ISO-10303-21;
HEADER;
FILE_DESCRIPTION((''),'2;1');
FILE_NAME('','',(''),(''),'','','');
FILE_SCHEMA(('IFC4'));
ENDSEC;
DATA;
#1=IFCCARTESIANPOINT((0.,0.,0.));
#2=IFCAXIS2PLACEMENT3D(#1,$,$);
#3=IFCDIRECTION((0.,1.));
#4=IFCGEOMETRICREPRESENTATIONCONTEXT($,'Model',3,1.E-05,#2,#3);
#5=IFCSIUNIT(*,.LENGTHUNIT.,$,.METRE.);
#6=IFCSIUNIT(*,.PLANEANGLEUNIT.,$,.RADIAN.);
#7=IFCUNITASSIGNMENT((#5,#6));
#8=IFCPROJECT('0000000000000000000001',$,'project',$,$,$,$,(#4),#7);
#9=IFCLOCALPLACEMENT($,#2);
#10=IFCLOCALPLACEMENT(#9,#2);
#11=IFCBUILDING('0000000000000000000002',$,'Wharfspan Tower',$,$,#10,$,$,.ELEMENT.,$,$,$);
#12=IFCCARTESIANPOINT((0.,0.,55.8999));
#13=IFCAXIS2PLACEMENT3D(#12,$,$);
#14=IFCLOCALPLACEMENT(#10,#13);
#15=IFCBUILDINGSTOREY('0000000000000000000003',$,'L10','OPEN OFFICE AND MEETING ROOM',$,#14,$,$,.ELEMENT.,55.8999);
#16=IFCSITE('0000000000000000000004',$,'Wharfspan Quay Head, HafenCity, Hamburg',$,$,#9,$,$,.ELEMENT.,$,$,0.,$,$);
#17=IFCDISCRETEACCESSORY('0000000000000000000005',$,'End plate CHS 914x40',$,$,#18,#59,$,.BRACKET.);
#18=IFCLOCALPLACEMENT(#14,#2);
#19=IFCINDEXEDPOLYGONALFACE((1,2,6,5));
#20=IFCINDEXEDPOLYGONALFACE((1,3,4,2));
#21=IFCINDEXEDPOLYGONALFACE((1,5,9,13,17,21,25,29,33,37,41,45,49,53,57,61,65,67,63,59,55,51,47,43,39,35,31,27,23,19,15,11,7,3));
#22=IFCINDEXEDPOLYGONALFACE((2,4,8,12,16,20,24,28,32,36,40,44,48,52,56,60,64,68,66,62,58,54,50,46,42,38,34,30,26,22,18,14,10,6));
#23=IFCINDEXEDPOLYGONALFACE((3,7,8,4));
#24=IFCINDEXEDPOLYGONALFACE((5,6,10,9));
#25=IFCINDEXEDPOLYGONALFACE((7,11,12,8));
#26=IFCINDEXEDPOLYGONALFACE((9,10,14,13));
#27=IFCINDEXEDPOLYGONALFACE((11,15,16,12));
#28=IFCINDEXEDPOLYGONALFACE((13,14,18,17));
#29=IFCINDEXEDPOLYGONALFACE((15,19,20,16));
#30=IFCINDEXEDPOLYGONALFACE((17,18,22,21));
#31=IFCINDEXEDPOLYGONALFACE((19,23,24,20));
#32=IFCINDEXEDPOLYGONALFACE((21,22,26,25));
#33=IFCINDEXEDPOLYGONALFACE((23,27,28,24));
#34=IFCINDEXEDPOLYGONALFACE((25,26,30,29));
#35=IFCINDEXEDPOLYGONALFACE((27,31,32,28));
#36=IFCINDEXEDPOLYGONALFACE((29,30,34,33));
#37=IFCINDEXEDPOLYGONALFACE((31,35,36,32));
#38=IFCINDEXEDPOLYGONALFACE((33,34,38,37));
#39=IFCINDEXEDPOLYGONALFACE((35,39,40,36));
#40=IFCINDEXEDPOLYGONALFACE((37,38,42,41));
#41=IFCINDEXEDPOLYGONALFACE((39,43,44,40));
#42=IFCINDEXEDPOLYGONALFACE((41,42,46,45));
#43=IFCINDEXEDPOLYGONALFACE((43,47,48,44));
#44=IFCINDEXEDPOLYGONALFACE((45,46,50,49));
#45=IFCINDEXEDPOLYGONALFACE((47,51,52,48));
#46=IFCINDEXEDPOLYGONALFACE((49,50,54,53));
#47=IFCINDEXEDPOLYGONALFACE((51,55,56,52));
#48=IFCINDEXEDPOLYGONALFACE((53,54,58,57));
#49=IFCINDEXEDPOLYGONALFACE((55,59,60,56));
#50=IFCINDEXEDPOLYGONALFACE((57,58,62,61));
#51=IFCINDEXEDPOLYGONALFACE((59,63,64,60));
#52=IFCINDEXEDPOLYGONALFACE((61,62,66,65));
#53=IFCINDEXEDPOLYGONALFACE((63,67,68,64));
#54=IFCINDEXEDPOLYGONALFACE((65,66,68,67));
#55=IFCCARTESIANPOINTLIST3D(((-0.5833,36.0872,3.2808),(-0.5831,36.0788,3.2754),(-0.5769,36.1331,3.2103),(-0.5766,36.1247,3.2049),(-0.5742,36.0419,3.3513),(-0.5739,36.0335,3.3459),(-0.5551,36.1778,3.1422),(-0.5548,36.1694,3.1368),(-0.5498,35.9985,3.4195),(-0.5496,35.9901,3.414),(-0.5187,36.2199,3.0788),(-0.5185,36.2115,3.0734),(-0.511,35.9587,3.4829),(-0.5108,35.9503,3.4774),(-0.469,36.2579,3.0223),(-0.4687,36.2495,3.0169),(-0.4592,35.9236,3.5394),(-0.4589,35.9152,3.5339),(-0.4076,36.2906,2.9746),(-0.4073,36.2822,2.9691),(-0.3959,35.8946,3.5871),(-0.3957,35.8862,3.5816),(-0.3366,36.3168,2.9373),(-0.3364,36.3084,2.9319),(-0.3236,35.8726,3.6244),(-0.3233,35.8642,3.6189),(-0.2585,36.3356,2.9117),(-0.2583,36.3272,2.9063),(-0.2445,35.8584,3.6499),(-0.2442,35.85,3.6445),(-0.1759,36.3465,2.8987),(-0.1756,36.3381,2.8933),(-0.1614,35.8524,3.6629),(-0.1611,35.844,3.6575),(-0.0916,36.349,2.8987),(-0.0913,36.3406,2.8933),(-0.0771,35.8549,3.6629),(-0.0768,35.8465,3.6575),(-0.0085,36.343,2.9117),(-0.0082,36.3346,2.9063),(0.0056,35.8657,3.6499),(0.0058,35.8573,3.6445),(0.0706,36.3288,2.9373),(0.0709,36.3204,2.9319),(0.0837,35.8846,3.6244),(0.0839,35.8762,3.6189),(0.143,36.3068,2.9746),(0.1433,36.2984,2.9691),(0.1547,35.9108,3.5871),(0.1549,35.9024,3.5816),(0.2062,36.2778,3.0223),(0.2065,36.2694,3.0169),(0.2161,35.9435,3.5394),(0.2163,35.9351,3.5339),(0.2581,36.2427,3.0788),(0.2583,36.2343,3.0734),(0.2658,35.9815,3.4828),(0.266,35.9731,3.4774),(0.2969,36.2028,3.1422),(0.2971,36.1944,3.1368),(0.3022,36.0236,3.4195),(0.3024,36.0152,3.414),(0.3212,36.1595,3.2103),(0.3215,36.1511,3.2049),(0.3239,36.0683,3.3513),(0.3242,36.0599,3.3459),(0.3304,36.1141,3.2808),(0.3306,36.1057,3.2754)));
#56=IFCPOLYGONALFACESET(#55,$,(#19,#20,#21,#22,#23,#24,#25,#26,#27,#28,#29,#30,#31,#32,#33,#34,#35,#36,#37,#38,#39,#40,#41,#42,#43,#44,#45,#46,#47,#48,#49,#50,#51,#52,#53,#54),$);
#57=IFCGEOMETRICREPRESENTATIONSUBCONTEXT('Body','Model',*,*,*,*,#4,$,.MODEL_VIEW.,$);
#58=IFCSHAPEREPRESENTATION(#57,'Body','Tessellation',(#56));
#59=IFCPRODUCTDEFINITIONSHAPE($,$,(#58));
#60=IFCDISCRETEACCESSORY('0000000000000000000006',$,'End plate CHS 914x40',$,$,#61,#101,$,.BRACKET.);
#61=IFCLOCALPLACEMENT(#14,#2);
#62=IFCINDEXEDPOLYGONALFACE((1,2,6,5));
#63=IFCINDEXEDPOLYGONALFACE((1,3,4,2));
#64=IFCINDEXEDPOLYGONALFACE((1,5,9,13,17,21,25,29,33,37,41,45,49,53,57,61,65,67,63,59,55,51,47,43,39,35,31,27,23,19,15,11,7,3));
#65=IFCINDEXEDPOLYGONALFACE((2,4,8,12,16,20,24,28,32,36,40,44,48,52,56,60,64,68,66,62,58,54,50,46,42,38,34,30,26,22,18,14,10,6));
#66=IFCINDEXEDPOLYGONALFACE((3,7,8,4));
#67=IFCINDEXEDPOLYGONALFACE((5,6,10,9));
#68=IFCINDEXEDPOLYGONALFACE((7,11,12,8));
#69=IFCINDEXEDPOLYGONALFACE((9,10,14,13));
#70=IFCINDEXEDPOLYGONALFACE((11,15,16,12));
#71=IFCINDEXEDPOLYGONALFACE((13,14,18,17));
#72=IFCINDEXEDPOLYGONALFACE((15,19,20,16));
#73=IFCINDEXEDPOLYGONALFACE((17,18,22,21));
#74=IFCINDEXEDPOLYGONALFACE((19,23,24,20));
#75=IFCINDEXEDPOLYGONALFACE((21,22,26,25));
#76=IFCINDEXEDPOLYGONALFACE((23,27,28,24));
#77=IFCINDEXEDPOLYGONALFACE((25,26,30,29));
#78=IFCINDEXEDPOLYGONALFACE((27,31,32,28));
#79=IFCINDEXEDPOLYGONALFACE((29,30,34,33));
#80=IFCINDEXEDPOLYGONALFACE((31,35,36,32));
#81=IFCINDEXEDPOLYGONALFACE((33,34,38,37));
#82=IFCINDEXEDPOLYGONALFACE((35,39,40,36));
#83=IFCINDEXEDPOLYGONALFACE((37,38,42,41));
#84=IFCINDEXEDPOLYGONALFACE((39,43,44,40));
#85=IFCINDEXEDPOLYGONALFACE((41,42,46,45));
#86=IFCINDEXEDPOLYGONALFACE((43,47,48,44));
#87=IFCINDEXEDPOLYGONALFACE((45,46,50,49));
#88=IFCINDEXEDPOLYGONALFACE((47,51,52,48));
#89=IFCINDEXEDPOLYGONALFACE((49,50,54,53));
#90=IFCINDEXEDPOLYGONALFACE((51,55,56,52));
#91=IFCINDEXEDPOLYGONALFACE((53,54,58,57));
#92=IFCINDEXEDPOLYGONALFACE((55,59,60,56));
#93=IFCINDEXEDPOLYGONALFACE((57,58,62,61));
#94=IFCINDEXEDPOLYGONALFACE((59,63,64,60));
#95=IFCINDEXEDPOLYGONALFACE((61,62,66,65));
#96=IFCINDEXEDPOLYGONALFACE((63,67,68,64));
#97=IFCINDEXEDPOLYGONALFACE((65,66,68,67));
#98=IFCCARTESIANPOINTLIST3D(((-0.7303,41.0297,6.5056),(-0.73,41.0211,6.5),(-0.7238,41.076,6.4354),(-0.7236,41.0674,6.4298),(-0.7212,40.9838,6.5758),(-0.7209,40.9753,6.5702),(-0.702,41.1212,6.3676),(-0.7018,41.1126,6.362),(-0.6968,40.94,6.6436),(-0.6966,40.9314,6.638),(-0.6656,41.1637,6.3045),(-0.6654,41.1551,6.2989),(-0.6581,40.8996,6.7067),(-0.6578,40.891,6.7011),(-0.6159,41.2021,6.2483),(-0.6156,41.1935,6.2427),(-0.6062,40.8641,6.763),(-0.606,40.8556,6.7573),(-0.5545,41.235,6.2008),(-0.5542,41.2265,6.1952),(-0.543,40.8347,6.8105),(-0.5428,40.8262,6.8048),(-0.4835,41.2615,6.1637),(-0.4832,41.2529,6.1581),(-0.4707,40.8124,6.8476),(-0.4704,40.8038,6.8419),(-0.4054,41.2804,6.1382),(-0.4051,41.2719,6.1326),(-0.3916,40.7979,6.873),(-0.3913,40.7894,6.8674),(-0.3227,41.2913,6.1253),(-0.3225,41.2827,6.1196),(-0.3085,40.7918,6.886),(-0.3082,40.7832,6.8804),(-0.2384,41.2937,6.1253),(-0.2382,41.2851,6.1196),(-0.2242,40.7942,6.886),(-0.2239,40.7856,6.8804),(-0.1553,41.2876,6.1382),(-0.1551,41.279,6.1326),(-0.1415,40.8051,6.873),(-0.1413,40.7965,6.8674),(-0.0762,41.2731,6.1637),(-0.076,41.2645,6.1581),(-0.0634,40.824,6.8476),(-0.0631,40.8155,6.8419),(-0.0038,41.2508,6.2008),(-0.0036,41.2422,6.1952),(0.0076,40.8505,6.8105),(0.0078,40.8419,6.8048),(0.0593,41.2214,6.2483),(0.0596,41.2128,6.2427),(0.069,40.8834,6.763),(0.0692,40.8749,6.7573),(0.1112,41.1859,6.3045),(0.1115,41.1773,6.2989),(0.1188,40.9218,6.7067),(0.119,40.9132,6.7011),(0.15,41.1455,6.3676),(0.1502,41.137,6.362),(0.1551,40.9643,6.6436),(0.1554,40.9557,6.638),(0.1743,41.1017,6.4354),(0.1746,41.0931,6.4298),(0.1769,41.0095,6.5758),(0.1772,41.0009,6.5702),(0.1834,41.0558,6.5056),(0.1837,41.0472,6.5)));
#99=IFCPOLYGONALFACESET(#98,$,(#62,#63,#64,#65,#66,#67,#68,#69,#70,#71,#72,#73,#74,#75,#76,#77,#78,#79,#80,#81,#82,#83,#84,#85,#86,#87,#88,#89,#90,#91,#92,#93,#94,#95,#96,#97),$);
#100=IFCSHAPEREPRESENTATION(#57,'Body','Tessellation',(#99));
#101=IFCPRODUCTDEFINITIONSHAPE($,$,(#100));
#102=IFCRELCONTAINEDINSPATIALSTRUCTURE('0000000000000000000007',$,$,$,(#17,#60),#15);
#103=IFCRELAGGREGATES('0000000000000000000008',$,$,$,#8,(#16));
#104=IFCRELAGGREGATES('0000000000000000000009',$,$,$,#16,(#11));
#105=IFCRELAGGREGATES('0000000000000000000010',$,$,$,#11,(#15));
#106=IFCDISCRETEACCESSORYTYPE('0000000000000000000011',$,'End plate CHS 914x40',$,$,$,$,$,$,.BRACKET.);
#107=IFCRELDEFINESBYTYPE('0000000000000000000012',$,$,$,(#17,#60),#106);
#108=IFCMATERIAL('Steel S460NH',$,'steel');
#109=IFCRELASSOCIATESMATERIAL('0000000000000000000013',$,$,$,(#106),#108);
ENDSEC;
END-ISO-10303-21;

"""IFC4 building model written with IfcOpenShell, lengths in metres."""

from ifc_helpers import new_model, si_unit, direction, frame, origin, origin_2d, place, context, subcontext, project, spatial, circle, extrude, material, material_profile, profile_set, type_object, element, save


model = new_model("IFC4")

# Units and contexts
model_context = context("Model", 3, precision=1e-05, world=origin(), true_north=direction((0.0, 1.0)))
body_context = subcontext(model_context, "Body", "Model", "MODEL_VIEW")
ifc_project = project(units=[si_unit("LENGTHUNIT", "METRE"), si_unit("PLANEANGLEUNIT", "RADIAN")], contexts=[model_context])

# Site, building, storey
site_placement = place(None, origin())
site = spatial("IfcSite", under=ifc_project, at=site_placement, Name="Wharfspan Quay Head, HafenCity, Hamburg", CompositionType="ELEMENT", RefElevation=0.0)
building_placement = place(site_placement, origin())
building = spatial("IfcBuilding", under=site, at=building_placement, Name="Wharfspan Tower", CompositionType="ELEMENT")
storey_placement = place(building_placement, frame((0.0, 0.0, 55.8999)))
storey = spatial("IfcBuildingStorey", under=building, at=storey_placement, Name="L10", Description="OPEN OFFICE AND MEETING ROOM", CompositionType="ELEMENT", Elevation=55.8999)

# Shared definitions
ifc_material_1 = material(Name="Steel S460NH", Category="steel")

# Discrete accessories
ifc_material_profile_1 = material_profile(ifc_material_1, circle(Radius=0.457, at=origin_2d()))
ifc_profile_set_1 = profile_set([ifc_material_profile_1], Name="Steel S460NH")
discrete_accessory_type = type_object("IfcDiscreteAccessoryType", Name="End plate CHS 914x40", PredefinedType="BRACKET", material=ifc_profile_set_1)
for number, where, z_axis, x_axis, name in (
    (1, (-0.1262, 36.0923, 3.2754), (-0.024686, 0.839314, 0.543086), (-0.999566, -0.0294, 0.000001), "End plate CHS 914x40"),
):
    element("IfcDiscreteAccessory", number, at=place(storey_placement, frame(where, z_axis=z_axis, x_axis=x_axis)), inside=storey, type_object=discrete_accessory_type, Name=name, PredefinedType="BRACKET", context=body_context, shape_type="SweptSolid", body=[
        extrude(circle(Radius=0.457, at=origin_2d()), origin(), (0.0, 0.0, 1.0), 0.01),
    ])
discrete_accessory_placement = place(storey_placement, frame((-0.2732, 41.0342, 6.5), z_axis=(-0.02387, 0.835467, 0.549021), x_axis=(-0.999596, -0.028558, -0.000002)))
element("IfcDiscreteAccessory", 2, at=discrete_accessory_placement, inside=storey, type_object=discrete_accessory_type, Name="End plate CHS 914x40", PredefinedType="BRACKET", context=body_context, shape_type="SweptSolid", body=[
    extrude(circle(Radius=0.457, at=origin_2d()), origin(), (0.0, 0.0, 1.0), 0.0103),
])

save(model, "model.ifc")
